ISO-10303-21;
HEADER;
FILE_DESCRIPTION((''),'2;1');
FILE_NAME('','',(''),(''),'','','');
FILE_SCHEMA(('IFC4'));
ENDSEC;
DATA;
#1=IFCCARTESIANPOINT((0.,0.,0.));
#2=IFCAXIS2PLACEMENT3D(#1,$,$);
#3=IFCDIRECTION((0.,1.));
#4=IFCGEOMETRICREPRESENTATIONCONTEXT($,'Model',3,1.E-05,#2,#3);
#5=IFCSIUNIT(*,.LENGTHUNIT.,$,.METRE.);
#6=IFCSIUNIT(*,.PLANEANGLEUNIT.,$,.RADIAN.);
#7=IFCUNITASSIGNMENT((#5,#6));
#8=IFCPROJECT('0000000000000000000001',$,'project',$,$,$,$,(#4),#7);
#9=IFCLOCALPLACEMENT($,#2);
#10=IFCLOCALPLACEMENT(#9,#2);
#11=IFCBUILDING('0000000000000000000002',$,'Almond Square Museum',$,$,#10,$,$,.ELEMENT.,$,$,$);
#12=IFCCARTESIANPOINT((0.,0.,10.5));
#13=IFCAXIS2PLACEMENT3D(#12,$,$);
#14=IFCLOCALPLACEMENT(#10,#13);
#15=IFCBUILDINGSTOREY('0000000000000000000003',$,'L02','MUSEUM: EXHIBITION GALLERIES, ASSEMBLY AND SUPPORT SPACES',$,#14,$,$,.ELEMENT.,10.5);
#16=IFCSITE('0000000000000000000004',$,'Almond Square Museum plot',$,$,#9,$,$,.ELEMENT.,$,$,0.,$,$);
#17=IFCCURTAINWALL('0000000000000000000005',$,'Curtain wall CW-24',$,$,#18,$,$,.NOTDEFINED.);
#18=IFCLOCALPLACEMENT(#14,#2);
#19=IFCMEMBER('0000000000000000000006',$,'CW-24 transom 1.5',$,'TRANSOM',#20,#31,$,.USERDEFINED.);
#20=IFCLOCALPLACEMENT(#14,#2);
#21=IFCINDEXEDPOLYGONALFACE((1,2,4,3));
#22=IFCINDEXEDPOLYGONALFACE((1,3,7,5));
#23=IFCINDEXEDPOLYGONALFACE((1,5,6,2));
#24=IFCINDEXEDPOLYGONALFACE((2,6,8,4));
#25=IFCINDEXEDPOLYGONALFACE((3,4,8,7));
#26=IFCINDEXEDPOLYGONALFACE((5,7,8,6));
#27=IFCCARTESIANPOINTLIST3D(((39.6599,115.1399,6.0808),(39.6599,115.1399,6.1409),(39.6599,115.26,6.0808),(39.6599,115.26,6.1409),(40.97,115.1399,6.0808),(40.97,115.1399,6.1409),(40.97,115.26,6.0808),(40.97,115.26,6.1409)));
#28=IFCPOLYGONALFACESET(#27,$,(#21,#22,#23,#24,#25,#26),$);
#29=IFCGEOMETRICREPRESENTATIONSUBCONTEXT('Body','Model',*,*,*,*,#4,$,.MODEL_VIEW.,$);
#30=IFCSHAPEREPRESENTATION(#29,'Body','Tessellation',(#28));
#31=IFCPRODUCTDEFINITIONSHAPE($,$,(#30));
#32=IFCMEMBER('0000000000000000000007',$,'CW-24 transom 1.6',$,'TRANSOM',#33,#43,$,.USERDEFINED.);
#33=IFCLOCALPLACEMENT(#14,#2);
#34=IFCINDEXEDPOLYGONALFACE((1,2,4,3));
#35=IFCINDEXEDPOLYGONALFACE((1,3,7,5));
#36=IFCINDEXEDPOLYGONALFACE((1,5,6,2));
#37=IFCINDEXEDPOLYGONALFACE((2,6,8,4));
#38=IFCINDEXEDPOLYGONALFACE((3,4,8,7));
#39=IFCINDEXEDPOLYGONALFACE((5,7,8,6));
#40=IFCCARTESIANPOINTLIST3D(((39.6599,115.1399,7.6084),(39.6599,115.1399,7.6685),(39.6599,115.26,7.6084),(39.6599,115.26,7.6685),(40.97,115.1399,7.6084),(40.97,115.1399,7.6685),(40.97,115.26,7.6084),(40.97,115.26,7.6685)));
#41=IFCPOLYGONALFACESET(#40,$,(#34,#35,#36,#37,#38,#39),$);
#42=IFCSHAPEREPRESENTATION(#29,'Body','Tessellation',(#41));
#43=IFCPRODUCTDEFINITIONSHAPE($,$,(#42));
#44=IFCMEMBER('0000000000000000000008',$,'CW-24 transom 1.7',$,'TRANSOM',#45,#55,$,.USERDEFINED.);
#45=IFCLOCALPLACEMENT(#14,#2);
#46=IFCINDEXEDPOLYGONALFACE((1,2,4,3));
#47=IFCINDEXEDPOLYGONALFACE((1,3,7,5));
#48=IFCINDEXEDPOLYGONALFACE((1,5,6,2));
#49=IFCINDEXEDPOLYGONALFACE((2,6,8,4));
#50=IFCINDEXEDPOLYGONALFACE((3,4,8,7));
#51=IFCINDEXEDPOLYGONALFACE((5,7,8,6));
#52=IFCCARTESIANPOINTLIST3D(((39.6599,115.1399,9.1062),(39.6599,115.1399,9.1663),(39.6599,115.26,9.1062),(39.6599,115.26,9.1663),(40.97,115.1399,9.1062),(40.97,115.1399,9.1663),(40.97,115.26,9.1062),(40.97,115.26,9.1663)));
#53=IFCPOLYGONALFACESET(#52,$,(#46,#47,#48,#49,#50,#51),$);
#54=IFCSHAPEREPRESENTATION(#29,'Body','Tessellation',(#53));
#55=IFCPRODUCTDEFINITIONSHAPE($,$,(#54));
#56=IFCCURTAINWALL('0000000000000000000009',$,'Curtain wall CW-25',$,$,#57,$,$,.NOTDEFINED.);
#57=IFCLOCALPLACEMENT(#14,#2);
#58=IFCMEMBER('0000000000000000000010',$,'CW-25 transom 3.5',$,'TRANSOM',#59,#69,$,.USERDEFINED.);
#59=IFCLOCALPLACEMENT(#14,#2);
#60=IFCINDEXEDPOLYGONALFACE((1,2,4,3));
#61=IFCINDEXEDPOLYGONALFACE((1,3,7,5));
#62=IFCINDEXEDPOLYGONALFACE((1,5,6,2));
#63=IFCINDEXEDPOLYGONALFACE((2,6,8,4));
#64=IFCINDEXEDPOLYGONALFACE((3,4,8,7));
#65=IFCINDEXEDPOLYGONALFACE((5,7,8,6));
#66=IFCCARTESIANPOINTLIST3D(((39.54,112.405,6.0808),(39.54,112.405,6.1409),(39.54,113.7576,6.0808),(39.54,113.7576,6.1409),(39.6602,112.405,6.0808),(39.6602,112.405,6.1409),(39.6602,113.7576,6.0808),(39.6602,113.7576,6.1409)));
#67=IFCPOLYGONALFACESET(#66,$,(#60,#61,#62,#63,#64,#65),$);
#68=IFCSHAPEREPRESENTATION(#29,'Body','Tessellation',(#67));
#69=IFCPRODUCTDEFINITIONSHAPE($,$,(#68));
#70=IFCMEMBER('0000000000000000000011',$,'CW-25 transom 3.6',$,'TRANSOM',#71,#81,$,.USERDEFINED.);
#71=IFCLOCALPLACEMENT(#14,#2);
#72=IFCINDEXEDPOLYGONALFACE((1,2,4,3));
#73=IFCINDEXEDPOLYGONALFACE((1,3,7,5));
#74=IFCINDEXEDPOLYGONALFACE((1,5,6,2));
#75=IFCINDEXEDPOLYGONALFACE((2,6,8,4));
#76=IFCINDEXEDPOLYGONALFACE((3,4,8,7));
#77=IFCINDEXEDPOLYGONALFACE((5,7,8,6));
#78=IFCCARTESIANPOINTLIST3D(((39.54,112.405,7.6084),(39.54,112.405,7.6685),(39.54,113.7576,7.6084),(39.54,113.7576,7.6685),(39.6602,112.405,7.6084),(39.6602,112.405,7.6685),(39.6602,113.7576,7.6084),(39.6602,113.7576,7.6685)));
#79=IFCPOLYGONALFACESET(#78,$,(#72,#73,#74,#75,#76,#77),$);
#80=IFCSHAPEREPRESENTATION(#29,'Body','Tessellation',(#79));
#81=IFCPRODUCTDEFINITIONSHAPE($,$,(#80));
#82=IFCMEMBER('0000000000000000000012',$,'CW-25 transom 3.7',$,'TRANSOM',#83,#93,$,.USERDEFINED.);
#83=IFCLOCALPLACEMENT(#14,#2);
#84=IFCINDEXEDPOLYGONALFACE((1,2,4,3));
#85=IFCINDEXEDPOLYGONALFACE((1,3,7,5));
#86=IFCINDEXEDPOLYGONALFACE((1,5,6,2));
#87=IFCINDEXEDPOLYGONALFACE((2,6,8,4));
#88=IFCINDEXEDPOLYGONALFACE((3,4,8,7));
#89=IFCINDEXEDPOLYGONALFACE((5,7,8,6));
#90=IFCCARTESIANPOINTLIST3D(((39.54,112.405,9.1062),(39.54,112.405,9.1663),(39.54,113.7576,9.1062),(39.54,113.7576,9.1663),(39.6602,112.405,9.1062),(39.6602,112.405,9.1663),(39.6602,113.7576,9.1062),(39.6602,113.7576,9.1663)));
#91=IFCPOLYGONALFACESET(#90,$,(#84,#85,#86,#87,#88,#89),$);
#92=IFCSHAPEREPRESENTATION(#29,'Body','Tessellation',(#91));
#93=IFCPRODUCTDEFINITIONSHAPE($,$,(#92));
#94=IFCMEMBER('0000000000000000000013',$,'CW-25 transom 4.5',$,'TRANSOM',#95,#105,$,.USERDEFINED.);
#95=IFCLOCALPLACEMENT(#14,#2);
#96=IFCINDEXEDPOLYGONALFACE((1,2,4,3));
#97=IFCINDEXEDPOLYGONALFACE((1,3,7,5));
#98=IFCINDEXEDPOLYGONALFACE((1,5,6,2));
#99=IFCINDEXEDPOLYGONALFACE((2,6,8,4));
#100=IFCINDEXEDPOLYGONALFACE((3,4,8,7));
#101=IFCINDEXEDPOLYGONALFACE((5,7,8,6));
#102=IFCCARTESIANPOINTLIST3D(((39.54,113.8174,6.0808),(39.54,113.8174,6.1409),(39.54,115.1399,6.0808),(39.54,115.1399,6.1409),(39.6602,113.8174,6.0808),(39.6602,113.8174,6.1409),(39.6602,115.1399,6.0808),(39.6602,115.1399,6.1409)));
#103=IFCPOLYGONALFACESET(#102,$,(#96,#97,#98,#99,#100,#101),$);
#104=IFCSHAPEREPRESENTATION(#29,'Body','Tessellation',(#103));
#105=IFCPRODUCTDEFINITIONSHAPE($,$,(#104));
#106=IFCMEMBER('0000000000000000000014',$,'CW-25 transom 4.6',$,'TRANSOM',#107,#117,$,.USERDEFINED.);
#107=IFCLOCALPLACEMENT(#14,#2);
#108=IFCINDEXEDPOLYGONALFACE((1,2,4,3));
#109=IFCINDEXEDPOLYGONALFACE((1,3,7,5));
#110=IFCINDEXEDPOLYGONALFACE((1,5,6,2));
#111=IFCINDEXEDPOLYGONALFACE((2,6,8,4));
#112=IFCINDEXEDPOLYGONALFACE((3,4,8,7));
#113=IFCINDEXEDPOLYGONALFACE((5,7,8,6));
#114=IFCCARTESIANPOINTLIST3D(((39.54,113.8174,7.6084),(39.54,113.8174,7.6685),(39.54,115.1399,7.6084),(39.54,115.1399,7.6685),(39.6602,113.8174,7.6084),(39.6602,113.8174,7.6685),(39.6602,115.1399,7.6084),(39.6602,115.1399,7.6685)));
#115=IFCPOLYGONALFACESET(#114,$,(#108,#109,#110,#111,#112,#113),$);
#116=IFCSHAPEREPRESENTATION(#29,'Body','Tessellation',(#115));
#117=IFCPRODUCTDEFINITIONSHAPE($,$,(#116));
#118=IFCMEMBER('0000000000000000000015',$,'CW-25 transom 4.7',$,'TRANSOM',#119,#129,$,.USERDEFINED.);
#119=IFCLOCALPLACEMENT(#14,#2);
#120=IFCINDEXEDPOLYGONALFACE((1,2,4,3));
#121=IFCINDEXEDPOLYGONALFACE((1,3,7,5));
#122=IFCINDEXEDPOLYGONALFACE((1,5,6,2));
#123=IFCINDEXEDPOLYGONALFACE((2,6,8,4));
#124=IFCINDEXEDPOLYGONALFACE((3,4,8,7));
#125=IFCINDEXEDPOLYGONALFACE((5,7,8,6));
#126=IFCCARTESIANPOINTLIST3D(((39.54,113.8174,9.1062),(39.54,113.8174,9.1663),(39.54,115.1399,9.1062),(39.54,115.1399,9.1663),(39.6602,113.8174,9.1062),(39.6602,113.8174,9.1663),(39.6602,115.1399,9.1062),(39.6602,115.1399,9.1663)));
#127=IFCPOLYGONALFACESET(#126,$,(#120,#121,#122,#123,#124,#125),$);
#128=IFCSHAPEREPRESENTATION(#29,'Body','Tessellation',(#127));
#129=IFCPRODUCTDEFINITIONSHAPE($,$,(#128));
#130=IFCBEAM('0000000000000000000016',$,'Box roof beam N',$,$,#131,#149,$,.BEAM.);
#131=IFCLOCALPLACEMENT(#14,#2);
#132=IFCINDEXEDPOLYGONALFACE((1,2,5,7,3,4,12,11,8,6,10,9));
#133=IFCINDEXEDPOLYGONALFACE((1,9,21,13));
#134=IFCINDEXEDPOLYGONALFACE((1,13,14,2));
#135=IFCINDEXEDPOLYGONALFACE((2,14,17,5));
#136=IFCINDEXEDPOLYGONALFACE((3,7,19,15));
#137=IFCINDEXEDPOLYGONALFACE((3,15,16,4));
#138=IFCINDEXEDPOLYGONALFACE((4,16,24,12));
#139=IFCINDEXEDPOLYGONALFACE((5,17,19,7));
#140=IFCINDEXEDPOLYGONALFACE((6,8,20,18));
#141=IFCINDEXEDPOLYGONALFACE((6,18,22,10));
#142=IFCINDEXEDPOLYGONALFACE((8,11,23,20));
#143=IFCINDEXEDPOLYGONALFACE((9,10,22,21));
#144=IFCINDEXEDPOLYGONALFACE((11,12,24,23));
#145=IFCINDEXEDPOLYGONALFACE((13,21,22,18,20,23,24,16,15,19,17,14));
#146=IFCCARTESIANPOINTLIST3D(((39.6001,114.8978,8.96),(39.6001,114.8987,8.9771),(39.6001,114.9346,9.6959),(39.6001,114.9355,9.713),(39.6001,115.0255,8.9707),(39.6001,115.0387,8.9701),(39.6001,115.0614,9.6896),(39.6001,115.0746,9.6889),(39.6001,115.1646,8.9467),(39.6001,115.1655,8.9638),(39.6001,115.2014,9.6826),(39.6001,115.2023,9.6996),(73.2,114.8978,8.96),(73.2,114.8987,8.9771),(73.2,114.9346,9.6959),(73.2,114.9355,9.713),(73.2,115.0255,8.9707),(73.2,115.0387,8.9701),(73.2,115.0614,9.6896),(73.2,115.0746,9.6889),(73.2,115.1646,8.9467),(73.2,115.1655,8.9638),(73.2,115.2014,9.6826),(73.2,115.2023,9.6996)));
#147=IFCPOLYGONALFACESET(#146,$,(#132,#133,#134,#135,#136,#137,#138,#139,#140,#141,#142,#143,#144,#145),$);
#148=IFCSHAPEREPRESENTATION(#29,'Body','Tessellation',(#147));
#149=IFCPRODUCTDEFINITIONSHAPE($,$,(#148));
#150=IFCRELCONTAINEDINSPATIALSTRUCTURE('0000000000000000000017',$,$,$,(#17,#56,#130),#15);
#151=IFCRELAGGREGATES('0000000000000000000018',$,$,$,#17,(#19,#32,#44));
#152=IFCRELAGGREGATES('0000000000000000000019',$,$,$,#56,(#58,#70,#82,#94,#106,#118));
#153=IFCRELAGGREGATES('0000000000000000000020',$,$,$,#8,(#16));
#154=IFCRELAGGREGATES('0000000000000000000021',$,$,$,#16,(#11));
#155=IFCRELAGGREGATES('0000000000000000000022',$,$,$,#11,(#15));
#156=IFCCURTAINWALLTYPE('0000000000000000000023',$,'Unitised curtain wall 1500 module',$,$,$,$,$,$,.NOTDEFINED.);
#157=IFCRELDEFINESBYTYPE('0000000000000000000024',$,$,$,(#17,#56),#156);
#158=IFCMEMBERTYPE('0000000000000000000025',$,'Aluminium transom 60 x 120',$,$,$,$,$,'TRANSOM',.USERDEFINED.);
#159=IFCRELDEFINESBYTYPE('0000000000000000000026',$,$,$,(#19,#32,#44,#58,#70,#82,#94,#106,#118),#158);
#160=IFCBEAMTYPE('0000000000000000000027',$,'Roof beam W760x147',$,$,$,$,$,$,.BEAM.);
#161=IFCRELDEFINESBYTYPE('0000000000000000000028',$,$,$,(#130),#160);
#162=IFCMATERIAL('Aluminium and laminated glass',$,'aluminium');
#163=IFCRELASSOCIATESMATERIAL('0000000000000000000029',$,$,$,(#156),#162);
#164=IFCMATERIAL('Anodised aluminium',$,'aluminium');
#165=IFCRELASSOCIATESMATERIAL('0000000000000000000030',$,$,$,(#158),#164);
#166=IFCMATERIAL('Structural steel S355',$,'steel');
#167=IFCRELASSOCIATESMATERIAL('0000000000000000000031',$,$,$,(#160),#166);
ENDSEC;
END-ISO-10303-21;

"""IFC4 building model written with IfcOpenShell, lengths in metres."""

from ifc_helpers import new_model, si_unit, direction, frame, origin, origin_2d, place, context, subcontext, project, spatial, rectangle, i_section, extrude, material, material_profile, profile_set, type_object, element, aggregate, save


model = new_model("IFC4")

# Units and contexts
model_context = context("Model", 3, precision=1e-05, world=origin(), true_north=direction((0.0, 1.0)))
body_context = subcontext(model_context, "Body", "Model", "MODEL_VIEW")
ifc_project = project(units=[si_unit("LENGTHUNIT", "METRE"), si_unit("PLANEANGLEUNIT", "RADIAN")], contexts=[model_context])

# Site, building, storey
site_placement = place(None, origin())
site = spatial("IfcSite", under=ifc_project, at=site_placement, Name="Almond Square Museum plot", CompositionType="ELEMENT", RefElevation=0.0)
building_placement = place(site_placement, origin())
building = spatial("IfcBuilding", under=site, at=building_placement, Name="Almond Square Museum", CompositionType="ELEMENT")
storey_placement = place(building_placement, frame((0.0, 0.0, 10.5)))
storey = spatial("IfcBuildingStorey", under=building, at=storey_placement, Name="L02", Description="MUSEUM: EXHIBITION GALLERIES, ASSEMBLY AND SUPPORT SPACES", CompositionType="ELEMENT", Elevation=10.5)

# Curtain walls, members
ifc_material_1 = material(Name="Aluminium and laminated glass", Category="aluminium")
curtain_wall_type = type_object("IfcCurtainWallType", Name="Unitised curtain wall 1500 module", PredefinedType="NOTDEFINED", material=ifc_material_1)
curtain_wall_1_placement = place(storey_placement, origin())
curtain_wall_1 = element("IfcCurtainWall", 1, at=curtain_wall_1_placement, inside=storey, type_object=curtain_wall_type, Name="Curtain wall CW-24", PredefinedType="NOTDEFINED")
ifc_material_2 = material(Name="Anodised aluminium", Category="aluminium")
ifc_material_profile_1 = material_profile(ifc_material_2, rectangle(XDim=0.1201, YDim=0.0601, at=origin_2d()))
ifc_profile_set_1 = profile_set([ifc_material_profile_1], Name="Anodised aluminium")
member_type_1 = type_object("IfcMemberType", Name="Aluminium transom 60 x 120", ElementType="TRANSOM", PredefinedType="USERDEFINED", material=ifc_profile_set_1)
member_1_placement = place(storey_placement, frame((39.6599, 115.2, 6.1108), z_axis=(1.0, 0.0, 0.0), x_axis=(0.0, 1.0, 0.0)))
member_1 = element("IfcMember", 2, at=member_1_placement, type_object=member_type_1, Name="CW-24 transom 1.5", ObjectType="TRANSOM", PredefinedType="USERDEFINED", context=body_context, shape_type="SweptSolid", body=[
    extrude(rectangle(XDim=0.1201, YDim=0.0601, at=origin_2d()), origin(), (0.0, 0.0, 1.0), 1.3101),
])
member_2_placement = place(storey_placement, frame((39.6599, 115.2, 7.6384), z_axis=(1.0, 0.0, 0.0), x_axis=(0.0, 1.0, 0.0)))
member_2 = element("IfcMember", 3, at=member_2_placement, type_object=member_type_1, Name="CW-24 transom 1.6", ObjectType="TRANSOM", PredefinedType="USERDEFINED", context=body_context, shape_type="SweptSolid", body=[
    extrude(rectangle(XDim=0.1201, YDim=0.0601, at=origin_2d()), origin(), (0.0, 0.0, 1.0), 1.3101),
])
member_3_placement = place(storey_placement, frame((39.6599, 115.2, 9.1362), z_axis=(1.0, 0.0, 0.0), x_axis=(0.0, 1.0, 0.0)))
member_3 = element("IfcMember", 4, at=member_3_placement, type_object=member_type_1, Name="CW-24 transom 1.7", ObjectType="TRANSOM", PredefinedType="USERDEFINED", context=body_context, shape_type="SweptSolid", body=[
    extrude(rectangle(XDim=0.1201, YDim=0.0601, at=origin_2d()), origin(), (0.0, 0.0, 1.0), 1.3101),
])
curtain_wall_2_placement = place(storey_placement, origin())
curtain_wall_2 = element("IfcCurtainWall", 5, at=curtain_wall_2_placement, inside=storey, type_object=curtain_wall_type, Name="Curtain wall CW-25", PredefinedType="NOTDEFINED")
member_4_placement = place(storey_placement, frame((39.6001, 112.405, 6.1108), z_axis=(0.0, 1.0, 0.0), x_axis=(-1.0, 0.0, 0.0)))
member_4 = element("IfcMember", 6, at=member_4_placement, type_object=member_type_1, Name="CW-25 transom 3.5", ObjectType="TRANSOM", PredefinedType="USERDEFINED", context=body_context, shape_type="SweptSolid", body=[
    extrude(rectangle(XDim=0.1201, YDim=0.0601, at=origin_2d()), origin(), (0.0, 0.0, 1.0), 1.3525),
])
member_5_placement = place(storey_placement, frame((39.6001, 112.405, 7.6384), z_axis=(0.0, 1.0, 0.0), x_axis=(-1.0, 0.0, 0.0)))
member_5 = element("IfcMember", 7, at=member_5_placement, type_object=member_type_1, Name="CW-25 transom 3.6", ObjectType="TRANSOM", PredefinedType="USERDEFINED", context=body_context, shape_type="SweptSolid", body=[
    extrude(rectangle(XDim=0.1201, YDim=0.0601, at=origin_2d()), origin(), (0.0, 0.0, 1.0), 1.3525),
])
member_6_placement = place(storey_placement, frame((39.6001, 112.405, 9.1362), z_axis=(0.0, 1.0, 0.0), x_axis=(-1.0, 0.0, 0.0)))
member_6 = element("IfcMember", 8, at=member_6_placement, type_object=member_type_1, Name="CW-25 transom 3.7", ObjectType="TRANSOM", PredefinedType="USERDEFINED", context=body_context, shape_type="SweptSolid", body=[
    extrude(rectangle(XDim=0.1201, YDim=0.0601, at=origin_2d()), origin(), (0.0, 0.0, 1.0), 1.3525),
])
member_7_placement = place(storey_placement, frame((39.6001, 113.8174, 6.1108), z_axis=(0.0, 1.0, 0.0), x_axis=(-1.0, 0.0, 0.0)))
member_7 = element("IfcMember", 9, at=member_7_placement, type_object=member_type_1, Name="CW-25 transom 4.5", ObjectType="TRANSOM", PredefinedType="USERDEFINED", context=body_context, shape_type="SweptSolid", body=[
    extrude(rectangle(XDim=0.1201, YDim=0.0601, at=origin_2d()), origin(), (0.0, 0.0, 1.0), 1.3225),
])
member_8_placement = place(storey_placement, frame((39.6001, 113.8174, 7.6384), z_axis=(0.0, 1.0, 0.0), x_axis=(-1.0, 0.0, 0.0)))
member_8 = element("IfcMember", 10, at=member_8_placement, type_object=member_type_1, Name="CW-25 transom 4.6", ObjectType="TRANSOM", PredefinedType="USERDEFINED", context=body_context, shape_type="SweptSolid", body=[
    extrude(rectangle(XDim=0.1201, YDim=0.0601, at=origin_2d()), origin(), (0.0, 0.0, 1.0), 1.3225),
])
member_9_placement = place(storey_placement, frame((39.6001, 113.8174, 9.1362), z_axis=(0.0, 1.0, 0.0), x_axis=(-1.0, 0.0, 0.0)))
member_9 = element("IfcMember", 11, at=member_9_placement, type_object=member_type_1, Name="CW-25 transom 4.7", ObjectType="TRANSOM", PredefinedType="USERDEFINED", context=body_context, shape_type="SweptSolid", body=[
    extrude(rectangle(XDim=0.1201, YDim=0.0601, at=origin_2d()), origin(), (0.0, 0.0, 1.0), 1.3225),
])

# Beam
ifc_material_3 = material(Name="Structural steel S355", Category="steel")
ifc_material_profile_2 = material_profile(ifc_material_3, i_section(OverallWidth=0.2671, OverallDepth=0.7539, WebThickness=0.0132, FlangeThickness=0.0171, at=origin_2d()))
ifc_profile_set_2 = profile_set([ifc_material_profile_2], Name="Structural steel S355")
beam_type = type_object("IfcBeamType", Name="Roof beam W760x147", PredefinedType="BEAM", material=ifc_profile_set_2)
beam_placement = place(storey_placement, frame((39.6001, 115.05, 9.3298), z_axis=(1.0, 0.0, 0.0), x_axis=(0.0, 0.998752, -0.049938)))
element("IfcBeam", 12, at=beam_placement, inside=storey, type_object=beam_type, Name="Box roof beam N", PredefinedType="BEAM", context=body_context, shape_type="SweptSolid", body=[
    extrude(i_section(OverallWidth=0.2671, OverallDepth=0.7539, WebThickness=0.0132, FlangeThickness=0.0171, at=origin_2d()), origin(), (0.0, 0.0, 1.0), 33.5999),
])

aggregate(curtain_wall_1, [member_1, member_2, member_3])
aggregate(curtain_wall_2, [member_4, member_5, member_6, member_7, member_8, member_9])

save(model, "model.ifc")
